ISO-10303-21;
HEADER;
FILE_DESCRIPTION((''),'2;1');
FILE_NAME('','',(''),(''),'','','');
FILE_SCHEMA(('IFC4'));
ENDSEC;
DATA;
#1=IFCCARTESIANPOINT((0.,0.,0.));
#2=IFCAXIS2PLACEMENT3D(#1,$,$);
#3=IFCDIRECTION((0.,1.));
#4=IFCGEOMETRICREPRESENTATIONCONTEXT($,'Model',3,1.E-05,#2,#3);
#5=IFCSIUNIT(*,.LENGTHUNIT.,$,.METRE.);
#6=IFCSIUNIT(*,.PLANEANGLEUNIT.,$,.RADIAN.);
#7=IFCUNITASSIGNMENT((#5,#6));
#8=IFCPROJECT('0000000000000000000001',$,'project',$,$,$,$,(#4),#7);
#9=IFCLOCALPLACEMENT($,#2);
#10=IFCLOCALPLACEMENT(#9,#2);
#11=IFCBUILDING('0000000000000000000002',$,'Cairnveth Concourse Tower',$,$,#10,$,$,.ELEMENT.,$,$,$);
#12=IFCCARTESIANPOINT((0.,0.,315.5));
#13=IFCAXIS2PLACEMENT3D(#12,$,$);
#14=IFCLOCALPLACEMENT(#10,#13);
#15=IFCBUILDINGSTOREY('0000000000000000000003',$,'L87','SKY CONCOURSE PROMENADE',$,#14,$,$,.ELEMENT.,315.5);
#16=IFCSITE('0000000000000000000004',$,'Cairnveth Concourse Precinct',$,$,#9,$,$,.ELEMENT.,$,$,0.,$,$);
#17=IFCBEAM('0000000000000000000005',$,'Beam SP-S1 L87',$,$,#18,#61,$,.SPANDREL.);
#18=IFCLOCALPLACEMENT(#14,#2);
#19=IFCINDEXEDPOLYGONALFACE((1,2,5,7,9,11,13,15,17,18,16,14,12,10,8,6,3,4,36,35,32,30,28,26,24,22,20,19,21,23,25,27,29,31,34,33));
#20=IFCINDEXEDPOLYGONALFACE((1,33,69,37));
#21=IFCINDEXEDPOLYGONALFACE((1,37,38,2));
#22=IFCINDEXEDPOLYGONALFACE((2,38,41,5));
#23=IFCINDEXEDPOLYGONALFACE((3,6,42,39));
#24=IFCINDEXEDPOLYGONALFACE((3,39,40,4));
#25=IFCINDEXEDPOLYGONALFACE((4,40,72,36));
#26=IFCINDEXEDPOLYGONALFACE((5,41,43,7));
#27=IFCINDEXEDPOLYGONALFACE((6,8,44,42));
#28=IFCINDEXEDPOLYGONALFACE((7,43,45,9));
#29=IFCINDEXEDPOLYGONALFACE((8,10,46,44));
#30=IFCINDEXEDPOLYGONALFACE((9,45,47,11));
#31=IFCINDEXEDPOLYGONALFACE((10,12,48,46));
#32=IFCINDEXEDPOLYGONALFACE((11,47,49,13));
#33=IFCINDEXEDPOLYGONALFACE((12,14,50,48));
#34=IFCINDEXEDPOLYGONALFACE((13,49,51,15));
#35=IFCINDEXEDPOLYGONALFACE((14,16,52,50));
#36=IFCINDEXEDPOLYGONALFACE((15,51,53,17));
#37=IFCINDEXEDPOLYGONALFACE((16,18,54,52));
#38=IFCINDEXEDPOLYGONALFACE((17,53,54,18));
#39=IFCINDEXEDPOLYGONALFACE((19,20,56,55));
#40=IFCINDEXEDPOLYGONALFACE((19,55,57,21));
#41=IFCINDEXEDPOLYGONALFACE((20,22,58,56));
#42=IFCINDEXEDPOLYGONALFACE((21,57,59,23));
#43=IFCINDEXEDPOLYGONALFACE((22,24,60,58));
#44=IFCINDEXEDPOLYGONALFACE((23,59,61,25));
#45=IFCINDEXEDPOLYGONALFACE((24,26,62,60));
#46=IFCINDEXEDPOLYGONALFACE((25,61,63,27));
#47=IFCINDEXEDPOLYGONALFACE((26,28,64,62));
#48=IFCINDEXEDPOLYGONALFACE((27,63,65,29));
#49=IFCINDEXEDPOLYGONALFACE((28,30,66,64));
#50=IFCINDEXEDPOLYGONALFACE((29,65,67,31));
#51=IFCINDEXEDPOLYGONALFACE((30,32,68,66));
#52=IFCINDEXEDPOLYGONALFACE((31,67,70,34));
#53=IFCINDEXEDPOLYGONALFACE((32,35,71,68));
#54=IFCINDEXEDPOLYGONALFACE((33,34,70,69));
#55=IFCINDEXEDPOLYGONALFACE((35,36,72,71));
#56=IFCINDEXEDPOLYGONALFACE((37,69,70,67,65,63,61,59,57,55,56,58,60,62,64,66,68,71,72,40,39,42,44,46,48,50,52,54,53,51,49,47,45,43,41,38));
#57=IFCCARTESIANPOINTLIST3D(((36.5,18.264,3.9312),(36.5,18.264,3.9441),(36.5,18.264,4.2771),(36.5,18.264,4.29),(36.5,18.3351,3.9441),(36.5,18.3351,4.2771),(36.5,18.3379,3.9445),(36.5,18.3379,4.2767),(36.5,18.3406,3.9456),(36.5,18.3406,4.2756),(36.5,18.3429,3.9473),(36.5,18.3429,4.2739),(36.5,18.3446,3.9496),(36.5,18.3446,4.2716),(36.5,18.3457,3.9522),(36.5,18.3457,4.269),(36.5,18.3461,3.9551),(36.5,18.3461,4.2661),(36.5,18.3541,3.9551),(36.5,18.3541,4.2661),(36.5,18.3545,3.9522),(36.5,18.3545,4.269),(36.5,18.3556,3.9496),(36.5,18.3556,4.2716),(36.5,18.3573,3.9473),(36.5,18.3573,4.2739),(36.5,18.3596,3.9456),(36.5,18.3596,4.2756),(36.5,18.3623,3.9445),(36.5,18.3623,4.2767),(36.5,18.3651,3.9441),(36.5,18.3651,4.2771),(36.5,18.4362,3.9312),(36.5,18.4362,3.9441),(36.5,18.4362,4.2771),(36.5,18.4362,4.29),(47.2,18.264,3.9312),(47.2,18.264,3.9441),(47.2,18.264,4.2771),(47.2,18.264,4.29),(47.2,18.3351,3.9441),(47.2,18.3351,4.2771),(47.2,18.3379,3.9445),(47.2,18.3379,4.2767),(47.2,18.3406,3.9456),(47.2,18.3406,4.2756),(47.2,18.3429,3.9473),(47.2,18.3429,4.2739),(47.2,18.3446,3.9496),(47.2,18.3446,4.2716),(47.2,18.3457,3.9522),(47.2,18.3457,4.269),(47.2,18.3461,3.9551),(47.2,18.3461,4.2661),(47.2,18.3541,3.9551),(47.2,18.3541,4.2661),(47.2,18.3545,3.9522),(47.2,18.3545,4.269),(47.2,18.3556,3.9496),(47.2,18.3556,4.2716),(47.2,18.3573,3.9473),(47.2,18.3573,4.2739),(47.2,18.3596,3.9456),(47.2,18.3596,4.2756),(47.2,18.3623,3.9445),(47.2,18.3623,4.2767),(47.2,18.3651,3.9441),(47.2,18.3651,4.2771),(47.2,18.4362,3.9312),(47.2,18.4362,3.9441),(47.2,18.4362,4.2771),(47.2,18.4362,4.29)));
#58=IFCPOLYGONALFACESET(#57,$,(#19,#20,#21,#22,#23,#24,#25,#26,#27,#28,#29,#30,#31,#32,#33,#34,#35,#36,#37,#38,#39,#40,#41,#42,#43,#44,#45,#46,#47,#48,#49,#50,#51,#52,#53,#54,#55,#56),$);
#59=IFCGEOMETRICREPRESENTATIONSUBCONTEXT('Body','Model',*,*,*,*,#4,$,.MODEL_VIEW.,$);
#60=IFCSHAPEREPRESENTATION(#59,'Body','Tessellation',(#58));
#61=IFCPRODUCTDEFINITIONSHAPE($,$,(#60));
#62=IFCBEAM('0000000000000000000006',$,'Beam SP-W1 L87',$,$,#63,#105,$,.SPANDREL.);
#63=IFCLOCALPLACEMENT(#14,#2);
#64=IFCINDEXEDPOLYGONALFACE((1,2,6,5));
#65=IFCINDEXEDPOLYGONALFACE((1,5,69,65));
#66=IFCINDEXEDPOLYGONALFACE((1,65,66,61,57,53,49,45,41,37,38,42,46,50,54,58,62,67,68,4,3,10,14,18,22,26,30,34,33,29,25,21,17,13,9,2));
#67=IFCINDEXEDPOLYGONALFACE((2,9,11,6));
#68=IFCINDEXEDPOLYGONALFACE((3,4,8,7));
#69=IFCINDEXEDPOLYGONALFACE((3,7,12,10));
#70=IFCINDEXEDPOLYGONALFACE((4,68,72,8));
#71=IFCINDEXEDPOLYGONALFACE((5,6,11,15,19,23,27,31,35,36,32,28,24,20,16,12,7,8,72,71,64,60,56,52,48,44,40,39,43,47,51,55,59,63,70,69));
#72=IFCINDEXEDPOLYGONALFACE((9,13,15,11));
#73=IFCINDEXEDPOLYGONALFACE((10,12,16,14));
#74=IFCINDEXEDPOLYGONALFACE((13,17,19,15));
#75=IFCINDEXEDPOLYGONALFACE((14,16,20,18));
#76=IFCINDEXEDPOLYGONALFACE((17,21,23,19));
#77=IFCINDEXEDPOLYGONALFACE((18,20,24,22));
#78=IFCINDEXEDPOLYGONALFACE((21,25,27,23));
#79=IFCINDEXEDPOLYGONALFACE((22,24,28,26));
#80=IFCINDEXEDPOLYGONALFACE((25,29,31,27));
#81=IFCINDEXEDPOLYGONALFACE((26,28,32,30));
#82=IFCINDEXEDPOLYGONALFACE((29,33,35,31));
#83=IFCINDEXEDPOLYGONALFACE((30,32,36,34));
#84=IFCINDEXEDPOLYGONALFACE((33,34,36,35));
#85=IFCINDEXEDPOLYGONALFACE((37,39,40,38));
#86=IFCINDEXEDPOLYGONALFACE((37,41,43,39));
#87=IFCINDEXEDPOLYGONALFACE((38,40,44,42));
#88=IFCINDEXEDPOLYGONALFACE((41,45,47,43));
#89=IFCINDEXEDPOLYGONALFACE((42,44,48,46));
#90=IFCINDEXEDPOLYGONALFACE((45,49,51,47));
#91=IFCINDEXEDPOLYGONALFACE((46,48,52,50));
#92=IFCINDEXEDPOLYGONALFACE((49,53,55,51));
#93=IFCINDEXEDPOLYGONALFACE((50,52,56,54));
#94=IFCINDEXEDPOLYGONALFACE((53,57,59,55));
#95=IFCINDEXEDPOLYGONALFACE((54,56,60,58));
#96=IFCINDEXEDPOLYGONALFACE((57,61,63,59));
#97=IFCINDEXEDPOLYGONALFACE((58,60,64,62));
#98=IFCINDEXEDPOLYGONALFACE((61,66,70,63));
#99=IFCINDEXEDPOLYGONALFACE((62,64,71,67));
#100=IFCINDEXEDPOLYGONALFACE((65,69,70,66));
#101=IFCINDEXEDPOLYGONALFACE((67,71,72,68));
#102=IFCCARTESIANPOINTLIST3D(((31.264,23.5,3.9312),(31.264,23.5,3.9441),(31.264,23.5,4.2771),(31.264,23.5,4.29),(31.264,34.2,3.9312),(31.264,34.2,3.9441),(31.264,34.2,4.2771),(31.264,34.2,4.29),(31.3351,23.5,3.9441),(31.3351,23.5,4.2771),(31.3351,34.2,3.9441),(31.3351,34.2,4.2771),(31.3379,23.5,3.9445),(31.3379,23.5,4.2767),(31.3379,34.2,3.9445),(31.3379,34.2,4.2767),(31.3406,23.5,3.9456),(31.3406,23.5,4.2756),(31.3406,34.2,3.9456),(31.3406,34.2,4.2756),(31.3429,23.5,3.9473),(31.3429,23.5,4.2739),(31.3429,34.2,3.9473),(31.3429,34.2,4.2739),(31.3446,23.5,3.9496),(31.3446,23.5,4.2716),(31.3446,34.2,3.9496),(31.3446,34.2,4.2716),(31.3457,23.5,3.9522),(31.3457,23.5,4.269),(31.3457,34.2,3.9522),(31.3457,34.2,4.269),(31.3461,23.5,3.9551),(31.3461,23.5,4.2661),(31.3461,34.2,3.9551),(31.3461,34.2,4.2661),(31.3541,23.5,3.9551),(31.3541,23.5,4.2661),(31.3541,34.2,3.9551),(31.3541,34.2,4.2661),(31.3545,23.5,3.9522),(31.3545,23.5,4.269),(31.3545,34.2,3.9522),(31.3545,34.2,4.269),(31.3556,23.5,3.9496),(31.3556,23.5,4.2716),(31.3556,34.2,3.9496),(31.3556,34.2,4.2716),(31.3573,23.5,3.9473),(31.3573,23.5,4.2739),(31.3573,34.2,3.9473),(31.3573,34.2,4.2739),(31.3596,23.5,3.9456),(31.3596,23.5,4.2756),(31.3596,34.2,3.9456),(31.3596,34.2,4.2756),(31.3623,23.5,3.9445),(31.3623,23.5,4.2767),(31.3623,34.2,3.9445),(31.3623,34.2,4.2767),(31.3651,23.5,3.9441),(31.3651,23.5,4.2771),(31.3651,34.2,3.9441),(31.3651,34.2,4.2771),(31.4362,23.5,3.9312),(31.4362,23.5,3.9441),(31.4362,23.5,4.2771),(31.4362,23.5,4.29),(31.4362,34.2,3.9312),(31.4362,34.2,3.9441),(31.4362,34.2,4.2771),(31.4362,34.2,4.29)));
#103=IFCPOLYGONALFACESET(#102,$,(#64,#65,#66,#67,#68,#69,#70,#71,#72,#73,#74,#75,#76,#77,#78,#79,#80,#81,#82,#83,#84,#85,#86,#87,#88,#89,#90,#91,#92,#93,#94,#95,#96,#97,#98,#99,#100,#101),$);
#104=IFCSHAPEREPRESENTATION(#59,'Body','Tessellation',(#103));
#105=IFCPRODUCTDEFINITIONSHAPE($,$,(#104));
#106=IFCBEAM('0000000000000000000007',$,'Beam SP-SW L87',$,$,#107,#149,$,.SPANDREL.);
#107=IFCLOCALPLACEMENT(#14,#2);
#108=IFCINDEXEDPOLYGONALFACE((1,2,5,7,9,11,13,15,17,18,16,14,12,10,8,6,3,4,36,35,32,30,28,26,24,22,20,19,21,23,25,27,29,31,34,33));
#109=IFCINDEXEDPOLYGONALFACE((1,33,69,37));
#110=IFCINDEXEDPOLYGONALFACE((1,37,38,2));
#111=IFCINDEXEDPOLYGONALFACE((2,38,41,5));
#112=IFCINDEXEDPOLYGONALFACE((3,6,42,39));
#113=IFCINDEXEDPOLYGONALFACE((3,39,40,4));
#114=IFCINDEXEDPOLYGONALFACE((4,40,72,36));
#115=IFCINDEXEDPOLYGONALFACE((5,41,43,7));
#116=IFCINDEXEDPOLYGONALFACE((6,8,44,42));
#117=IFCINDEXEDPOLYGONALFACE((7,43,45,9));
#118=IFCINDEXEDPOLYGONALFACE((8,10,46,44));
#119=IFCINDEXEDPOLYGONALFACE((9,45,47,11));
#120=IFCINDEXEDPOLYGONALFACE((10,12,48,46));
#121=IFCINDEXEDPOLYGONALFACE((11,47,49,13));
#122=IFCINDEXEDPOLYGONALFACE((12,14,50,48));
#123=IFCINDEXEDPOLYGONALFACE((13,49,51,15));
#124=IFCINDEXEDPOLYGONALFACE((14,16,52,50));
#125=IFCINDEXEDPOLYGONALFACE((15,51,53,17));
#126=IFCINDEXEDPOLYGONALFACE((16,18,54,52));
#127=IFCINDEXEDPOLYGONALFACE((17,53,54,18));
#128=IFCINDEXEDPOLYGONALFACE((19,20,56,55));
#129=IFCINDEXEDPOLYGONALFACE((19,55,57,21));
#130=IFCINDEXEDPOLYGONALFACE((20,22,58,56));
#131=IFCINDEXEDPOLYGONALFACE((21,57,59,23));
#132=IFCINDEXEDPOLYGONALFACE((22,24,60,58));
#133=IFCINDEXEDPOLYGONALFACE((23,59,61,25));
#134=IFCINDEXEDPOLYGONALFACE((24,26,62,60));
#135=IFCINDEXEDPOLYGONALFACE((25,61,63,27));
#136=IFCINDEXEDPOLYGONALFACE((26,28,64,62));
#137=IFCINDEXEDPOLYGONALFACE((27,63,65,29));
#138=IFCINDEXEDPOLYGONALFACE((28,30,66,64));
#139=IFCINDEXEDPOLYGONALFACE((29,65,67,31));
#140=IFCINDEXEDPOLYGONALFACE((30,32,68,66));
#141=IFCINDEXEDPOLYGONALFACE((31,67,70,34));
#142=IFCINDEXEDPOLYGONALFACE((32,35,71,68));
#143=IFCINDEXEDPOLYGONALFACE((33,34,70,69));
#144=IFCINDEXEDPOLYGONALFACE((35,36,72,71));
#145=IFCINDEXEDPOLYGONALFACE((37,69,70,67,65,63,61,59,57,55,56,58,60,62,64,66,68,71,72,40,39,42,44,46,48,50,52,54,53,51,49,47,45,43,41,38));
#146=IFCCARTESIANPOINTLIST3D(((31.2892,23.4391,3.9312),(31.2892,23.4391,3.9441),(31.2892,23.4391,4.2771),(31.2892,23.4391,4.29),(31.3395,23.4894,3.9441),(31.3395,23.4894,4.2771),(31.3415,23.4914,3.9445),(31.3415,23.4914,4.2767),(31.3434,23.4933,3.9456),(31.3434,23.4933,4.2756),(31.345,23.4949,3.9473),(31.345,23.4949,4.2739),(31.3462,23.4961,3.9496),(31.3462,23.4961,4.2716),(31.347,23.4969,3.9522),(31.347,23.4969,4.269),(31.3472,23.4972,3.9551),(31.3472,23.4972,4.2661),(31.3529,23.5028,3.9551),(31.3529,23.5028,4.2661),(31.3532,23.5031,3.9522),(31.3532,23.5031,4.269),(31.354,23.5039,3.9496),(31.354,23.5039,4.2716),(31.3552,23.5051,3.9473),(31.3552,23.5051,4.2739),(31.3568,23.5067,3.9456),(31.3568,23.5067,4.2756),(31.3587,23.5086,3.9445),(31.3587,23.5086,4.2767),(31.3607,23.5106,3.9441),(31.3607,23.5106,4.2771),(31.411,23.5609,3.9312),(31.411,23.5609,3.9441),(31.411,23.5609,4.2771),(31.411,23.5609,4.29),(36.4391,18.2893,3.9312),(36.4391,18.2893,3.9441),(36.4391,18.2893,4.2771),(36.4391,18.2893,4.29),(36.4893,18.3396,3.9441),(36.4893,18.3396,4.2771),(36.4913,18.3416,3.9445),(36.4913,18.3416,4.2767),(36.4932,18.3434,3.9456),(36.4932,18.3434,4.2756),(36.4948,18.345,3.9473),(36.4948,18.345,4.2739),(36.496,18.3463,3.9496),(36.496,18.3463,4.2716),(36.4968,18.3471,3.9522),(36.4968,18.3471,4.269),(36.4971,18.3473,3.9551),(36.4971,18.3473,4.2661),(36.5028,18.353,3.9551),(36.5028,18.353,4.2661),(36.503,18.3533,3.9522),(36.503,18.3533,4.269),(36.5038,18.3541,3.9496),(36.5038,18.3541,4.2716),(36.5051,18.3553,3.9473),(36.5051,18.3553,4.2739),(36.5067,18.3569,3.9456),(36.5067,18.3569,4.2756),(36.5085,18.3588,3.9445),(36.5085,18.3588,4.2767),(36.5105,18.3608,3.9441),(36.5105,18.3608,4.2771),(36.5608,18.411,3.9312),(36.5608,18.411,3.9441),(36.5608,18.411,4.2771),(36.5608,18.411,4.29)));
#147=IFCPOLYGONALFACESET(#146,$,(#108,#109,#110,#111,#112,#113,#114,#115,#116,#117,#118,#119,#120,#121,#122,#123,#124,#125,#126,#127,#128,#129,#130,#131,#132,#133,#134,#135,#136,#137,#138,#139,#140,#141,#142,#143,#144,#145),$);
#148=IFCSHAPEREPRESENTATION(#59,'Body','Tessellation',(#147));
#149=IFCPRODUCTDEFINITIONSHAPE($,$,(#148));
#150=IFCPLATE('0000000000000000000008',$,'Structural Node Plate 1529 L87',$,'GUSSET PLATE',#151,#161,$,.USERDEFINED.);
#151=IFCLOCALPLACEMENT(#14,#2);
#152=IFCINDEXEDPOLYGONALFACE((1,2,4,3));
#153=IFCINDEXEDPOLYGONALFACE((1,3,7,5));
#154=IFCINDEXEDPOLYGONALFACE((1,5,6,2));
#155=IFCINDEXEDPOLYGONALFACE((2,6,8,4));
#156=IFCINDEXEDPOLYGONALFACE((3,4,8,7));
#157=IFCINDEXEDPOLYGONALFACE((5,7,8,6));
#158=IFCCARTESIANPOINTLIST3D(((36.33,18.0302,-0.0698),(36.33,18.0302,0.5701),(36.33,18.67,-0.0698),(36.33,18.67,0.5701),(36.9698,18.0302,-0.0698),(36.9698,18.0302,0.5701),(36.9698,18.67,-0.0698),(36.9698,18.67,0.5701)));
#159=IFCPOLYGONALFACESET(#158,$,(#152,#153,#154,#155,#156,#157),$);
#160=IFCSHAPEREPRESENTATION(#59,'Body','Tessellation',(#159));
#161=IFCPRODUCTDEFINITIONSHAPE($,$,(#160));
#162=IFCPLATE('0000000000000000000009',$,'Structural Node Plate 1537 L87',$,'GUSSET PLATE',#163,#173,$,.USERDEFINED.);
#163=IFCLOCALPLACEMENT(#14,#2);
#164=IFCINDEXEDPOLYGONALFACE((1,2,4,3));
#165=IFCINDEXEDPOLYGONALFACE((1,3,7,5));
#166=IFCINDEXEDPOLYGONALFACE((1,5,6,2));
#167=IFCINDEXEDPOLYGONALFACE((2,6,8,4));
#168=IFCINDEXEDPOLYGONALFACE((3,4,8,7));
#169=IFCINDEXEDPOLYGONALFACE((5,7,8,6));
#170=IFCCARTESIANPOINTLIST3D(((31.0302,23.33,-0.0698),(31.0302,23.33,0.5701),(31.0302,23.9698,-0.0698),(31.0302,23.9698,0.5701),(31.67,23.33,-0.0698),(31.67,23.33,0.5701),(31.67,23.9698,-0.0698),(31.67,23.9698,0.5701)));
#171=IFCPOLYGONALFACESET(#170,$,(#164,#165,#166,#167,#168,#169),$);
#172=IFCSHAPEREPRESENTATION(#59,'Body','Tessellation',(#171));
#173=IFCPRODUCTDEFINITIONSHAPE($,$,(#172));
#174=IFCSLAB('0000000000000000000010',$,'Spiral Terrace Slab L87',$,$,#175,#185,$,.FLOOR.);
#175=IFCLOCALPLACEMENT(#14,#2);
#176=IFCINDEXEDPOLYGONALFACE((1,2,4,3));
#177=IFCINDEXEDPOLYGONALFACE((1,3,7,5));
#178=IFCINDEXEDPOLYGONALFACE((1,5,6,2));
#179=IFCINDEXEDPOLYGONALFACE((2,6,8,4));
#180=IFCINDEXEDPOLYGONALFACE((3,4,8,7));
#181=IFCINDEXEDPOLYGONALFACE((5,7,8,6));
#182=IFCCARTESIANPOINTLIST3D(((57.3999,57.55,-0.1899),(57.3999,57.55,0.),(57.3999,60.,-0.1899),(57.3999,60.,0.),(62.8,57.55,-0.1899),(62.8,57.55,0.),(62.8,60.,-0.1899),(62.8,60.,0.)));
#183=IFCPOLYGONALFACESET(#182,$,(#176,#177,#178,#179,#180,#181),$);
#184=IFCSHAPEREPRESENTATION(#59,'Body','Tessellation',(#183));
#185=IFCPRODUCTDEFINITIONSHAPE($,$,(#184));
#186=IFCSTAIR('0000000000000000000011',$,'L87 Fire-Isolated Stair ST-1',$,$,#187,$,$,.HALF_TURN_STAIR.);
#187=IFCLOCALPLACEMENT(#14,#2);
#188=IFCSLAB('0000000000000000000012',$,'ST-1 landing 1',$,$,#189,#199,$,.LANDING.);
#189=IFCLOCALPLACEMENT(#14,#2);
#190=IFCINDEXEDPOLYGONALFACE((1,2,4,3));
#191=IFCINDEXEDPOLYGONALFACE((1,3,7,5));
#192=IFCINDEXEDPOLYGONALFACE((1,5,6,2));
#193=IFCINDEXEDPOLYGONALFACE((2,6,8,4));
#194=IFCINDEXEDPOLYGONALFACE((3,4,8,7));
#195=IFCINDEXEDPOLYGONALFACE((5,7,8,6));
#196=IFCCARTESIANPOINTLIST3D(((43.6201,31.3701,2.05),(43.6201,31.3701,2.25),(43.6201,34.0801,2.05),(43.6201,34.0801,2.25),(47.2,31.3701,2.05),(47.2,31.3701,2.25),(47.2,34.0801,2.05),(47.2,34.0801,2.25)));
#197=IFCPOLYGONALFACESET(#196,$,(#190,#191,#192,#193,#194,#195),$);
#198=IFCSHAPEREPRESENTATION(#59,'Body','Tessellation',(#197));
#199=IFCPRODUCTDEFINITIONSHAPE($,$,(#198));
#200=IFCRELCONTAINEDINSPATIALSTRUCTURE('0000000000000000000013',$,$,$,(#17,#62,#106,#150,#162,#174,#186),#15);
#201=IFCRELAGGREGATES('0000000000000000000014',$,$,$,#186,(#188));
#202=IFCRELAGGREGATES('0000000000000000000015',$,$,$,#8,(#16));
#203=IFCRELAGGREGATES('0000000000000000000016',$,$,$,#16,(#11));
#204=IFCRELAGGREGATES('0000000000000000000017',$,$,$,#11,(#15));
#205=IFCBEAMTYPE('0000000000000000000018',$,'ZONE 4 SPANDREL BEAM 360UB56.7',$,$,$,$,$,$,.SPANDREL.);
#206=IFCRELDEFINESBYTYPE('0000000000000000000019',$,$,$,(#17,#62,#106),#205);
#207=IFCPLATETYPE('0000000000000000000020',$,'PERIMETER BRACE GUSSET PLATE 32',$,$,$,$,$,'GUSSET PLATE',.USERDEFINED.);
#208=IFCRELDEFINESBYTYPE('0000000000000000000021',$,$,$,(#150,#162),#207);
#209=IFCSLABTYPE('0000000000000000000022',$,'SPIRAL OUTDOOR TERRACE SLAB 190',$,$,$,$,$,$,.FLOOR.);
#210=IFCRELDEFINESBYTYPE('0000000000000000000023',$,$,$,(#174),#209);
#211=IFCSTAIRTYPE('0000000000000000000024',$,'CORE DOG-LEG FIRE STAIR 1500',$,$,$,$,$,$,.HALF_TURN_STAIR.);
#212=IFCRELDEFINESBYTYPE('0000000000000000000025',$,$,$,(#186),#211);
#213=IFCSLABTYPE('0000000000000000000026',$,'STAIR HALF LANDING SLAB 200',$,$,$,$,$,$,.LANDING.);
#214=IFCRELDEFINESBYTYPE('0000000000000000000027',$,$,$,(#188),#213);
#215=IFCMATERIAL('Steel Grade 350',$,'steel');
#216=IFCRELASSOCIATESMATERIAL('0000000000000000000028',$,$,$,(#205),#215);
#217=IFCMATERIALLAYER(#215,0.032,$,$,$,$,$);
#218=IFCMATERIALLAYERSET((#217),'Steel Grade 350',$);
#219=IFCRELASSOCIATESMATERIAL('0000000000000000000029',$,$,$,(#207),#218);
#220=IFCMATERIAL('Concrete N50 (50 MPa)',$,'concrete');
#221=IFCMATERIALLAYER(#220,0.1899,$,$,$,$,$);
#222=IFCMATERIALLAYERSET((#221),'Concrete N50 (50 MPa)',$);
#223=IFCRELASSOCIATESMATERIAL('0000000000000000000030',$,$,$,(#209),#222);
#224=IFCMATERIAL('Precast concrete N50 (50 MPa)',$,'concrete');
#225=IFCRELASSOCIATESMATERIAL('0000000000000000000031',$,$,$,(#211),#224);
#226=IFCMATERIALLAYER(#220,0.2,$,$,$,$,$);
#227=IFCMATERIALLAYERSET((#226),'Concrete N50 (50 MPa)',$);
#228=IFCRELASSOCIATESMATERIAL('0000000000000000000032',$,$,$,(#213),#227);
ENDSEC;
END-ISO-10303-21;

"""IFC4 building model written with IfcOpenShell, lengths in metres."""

from ifc_helpers import new_model, si_unit, direction, frame, origin, origin_2d, place, context, subcontext, project, spatial, polyline, rectangle, i_section, outline, extrude, material, layer, layer_set, material_profile, profile_set, type_object, element, aggregate, save


model = new_model("IFC4")

# Units and contexts
model_context = context("Model", 3, precision=1e-05, world=origin(), true_north=direction((0.0, 1.0)))
body_context = subcontext(model_context, "Body", "Model", "MODEL_VIEW")
ifc_project = project(units=[si_unit("LENGTHUNIT", "METRE"), si_unit("PLANEANGLEUNIT", "RADIAN")], contexts=[model_context])

# Site, building, storey
site_placement = place(None, origin())
site = spatial("IfcSite", under=ifc_project, at=site_placement, Name="Cairnveth Concourse Precinct", CompositionType="ELEMENT", RefElevation=0.0)
building_placement = place(site_placement, origin())
building = spatial("IfcBuilding", under=site, at=building_placement, Name="Cairnveth Concourse Tower", CompositionType="ELEMENT")
storey_placement = place(building_placement, frame((0.0, 0.0, 315.5)))
storey = spatial("IfcBuildingStorey", under=building, at=storey_placement, Name="L87", Description="SKY CONCOURSE PROMENADE", CompositionType="ELEMENT", Elevation=315.5)

# Shared definitions
ifc_material_1 = material(Name="Steel Grade 350", Category="steel")

# Beams
ifc_material_profile_1 = material_profile(ifc_material_1, i_section(OverallWidth=0.1721, OverallDepth=0.3589, WebThickness=0.0081, FlangeThickness=0.0129, FilletRadius=0.011, at=origin_2d()), Name="360UB56.7")
ifc_profile_set_1 = profile_set([ifc_material_profile_1], Name="Steel Grade 350")
beam_type_1 = type_object("IfcBeamType", Name="ZONE 4 SPANDREL BEAM 360UB56.7", PredefinedType="SPANDREL", material=ifc_profile_set_1)
for number, where, z_axis, x_axis, name in (
    (1, (36.5, 18.3501, 4.1106), (1.0, 0.0, 0.0), (0.0, 1.0, 0.0), "Beam SP-S1 L87"),
    (2, (31.3501, 23.5, 4.1106), (0.0, 1.0, 0.0), (-1.0, 0.0, 0.0), "Beam SP-W1 L87"),
):
    element("IfcBeam", number, at=place(storey_placement, frame(where, z_axis=z_axis, x_axis=x_axis)), inside=storey, type_object=beam_type_1, Name=name, PredefinedType="SPANDREL", context=body_context, shape_type="SweptSolid", body=[
        extrude(i_section(OverallWidth=0.1721, OverallDepth=0.3589, WebThickness=0.0081, FlangeThickness=0.0129, FilletRadius=0.011, at=origin_2d()), origin(), (0.0, 0.0, 1.0), 10.7),
    ])
beam_1_placement = place(storey_placement, frame((31.3501, 23.5, 4.1106), z_axis=(0.707107, -0.707107, 0.0), x_axis=(0.707107, 0.707107, 0.0)))
element("IfcBeam", 3, at=beam_1_placement, inside=storey, type_object=beam_type_1, Name="Beam SP-SW L87", PredefinedType="SPANDREL", context=body_context, shape_type="SweptSolid", body=[
    extrude(i_section(OverallWidth=0.1721, OverallDepth=0.3589, WebThickness=0.0081, FlangeThickness=0.0129, FilletRadius=0.011, at=origin_2d()), origin(), (0.0, 0.0, 1.0), 7.283),
])

# Plates
ifc_layer_1 = layer(ifc_material_1, 0.032)
ifc_layer_set_1 = layer_set([ifc_layer_1], Name="Steel Grade 350")
plate_type = type_object("IfcPlateType", Name="PERIMETER BRACE GUSSET PLATE 32", ElementType="GUSSET PLATE", PredefinedType="USERDEFINED", material=ifc_layer_set_1)
for number, where, z_axis, x_axis, name in (
    (4, (36.6499, 18.3501, -0.0698), (0.0, 0.0, 1.0), (1.0, 0.0, 0.0), "Structural Node Plate 1529 L87"),
    (5, (31.3501, 23.6499, -0.0698), (0.0, 0.0, 1.0), (1.0, 0.0, 0.0), "Structural Node Plate 1537 L87"),
):
    element("IfcPlate", number, at=place(storey_placement, frame(where, z_axis=z_axis, x_axis=x_axis)), inside=storey, type_object=plate_type, Name=name, ObjectType="GUSSET PLATE", PredefinedType="USERDEFINED", context=body_context, shape_type="SweptSolid", body=[
        extrude(rectangle(XDim=0.6399, YDim=0.6399, at=origin_2d()), origin(), (0.0, 0.0, 1.0), 0.6399),
    ])

# Slab
ifc_material_2 = material(Name="Concrete N50 (50 MPa)", Category="concrete")
ifc_layer_2 = layer(ifc_material_2, 0.1899)
ifc_layer_set_2 = layer_set([ifc_layer_2], Name="Concrete N50 (50 MPa)")
slab_type_1 = type_object("IfcSlabType", Name="SPIRAL OUTDOOR TERRACE SLAB 190", PredefinedType="FLOOR", material=ifc_layer_set_2)
slab_1_placement = place(storey_placement, frame((0.0, 0.0, -0.1899)))
element("IfcSlab", 6, at=slab_1_placement, inside=storey, type_object=slab_type_1, Name="Spiral Terrace Slab L87", PredefinedType="FLOOR", context=body_context, shape_type="SweptSolid", body=[
    extrude(outline(polyline([(57.3999, 57.55), (62.8, 57.55), (62.8, 60.0), (57.3999, 60.0), (57.3999, 57.55)])), origin(), (0.0, 0.0, 1.0), 0.1899),
])

# Stair, slab
ifc_material_3 = material(Name="Precast concrete N50 (50 MPa)", Category="concrete")
stair_type = type_object("IfcStairType", Name="CORE DOG-LEG FIRE STAIR 1500", PredefinedType="HALF_TURN_STAIR", material=ifc_material_3)
stair_1_placement = place(storey_placement, origin())
stair_1 = element("IfcStair", 7, at=stair_1_placement, inside=storey, type_object=stair_type, Name="L87 Fire-Isolated Stair ST-1", PredefinedType="HALF_TURN_STAIR")
ifc_layer_3 = layer(ifc_material_2, 0.2)
ifc_layer_set_3 = layer_set([ifc_layer_3], Name="Concrete N50 (50 MPa)")
slab_type_2 = type_object("IfcSlabType", Name="STAIR HALF LANDING SLAB 200", PredefinedType="LANDING", material=ifc_layer_set_3)
slab_2_placement = place(storey_placement, frame((0.0, 0.0, 2.05)))
slab_2 = element("IfcSlab", 8, at=slab_2_placement, type_object=slab_type_2, Name="ST-1 landing 1", PredefinedType="LANDING", context=body_context, shape_type="SweptSolid", body=[
    extrude(outline(polyline([(43.6201, 34.0801), (43.6201, 31.3701), (47.2, 31.3701), (47.2, 34.0801), (43.6201, 34.0801)])), origin(), (0.0, 0.0, 1.0), 0.2),
])
aggregate(stair_1, [slab_2])

save(model, "model.ifc")
